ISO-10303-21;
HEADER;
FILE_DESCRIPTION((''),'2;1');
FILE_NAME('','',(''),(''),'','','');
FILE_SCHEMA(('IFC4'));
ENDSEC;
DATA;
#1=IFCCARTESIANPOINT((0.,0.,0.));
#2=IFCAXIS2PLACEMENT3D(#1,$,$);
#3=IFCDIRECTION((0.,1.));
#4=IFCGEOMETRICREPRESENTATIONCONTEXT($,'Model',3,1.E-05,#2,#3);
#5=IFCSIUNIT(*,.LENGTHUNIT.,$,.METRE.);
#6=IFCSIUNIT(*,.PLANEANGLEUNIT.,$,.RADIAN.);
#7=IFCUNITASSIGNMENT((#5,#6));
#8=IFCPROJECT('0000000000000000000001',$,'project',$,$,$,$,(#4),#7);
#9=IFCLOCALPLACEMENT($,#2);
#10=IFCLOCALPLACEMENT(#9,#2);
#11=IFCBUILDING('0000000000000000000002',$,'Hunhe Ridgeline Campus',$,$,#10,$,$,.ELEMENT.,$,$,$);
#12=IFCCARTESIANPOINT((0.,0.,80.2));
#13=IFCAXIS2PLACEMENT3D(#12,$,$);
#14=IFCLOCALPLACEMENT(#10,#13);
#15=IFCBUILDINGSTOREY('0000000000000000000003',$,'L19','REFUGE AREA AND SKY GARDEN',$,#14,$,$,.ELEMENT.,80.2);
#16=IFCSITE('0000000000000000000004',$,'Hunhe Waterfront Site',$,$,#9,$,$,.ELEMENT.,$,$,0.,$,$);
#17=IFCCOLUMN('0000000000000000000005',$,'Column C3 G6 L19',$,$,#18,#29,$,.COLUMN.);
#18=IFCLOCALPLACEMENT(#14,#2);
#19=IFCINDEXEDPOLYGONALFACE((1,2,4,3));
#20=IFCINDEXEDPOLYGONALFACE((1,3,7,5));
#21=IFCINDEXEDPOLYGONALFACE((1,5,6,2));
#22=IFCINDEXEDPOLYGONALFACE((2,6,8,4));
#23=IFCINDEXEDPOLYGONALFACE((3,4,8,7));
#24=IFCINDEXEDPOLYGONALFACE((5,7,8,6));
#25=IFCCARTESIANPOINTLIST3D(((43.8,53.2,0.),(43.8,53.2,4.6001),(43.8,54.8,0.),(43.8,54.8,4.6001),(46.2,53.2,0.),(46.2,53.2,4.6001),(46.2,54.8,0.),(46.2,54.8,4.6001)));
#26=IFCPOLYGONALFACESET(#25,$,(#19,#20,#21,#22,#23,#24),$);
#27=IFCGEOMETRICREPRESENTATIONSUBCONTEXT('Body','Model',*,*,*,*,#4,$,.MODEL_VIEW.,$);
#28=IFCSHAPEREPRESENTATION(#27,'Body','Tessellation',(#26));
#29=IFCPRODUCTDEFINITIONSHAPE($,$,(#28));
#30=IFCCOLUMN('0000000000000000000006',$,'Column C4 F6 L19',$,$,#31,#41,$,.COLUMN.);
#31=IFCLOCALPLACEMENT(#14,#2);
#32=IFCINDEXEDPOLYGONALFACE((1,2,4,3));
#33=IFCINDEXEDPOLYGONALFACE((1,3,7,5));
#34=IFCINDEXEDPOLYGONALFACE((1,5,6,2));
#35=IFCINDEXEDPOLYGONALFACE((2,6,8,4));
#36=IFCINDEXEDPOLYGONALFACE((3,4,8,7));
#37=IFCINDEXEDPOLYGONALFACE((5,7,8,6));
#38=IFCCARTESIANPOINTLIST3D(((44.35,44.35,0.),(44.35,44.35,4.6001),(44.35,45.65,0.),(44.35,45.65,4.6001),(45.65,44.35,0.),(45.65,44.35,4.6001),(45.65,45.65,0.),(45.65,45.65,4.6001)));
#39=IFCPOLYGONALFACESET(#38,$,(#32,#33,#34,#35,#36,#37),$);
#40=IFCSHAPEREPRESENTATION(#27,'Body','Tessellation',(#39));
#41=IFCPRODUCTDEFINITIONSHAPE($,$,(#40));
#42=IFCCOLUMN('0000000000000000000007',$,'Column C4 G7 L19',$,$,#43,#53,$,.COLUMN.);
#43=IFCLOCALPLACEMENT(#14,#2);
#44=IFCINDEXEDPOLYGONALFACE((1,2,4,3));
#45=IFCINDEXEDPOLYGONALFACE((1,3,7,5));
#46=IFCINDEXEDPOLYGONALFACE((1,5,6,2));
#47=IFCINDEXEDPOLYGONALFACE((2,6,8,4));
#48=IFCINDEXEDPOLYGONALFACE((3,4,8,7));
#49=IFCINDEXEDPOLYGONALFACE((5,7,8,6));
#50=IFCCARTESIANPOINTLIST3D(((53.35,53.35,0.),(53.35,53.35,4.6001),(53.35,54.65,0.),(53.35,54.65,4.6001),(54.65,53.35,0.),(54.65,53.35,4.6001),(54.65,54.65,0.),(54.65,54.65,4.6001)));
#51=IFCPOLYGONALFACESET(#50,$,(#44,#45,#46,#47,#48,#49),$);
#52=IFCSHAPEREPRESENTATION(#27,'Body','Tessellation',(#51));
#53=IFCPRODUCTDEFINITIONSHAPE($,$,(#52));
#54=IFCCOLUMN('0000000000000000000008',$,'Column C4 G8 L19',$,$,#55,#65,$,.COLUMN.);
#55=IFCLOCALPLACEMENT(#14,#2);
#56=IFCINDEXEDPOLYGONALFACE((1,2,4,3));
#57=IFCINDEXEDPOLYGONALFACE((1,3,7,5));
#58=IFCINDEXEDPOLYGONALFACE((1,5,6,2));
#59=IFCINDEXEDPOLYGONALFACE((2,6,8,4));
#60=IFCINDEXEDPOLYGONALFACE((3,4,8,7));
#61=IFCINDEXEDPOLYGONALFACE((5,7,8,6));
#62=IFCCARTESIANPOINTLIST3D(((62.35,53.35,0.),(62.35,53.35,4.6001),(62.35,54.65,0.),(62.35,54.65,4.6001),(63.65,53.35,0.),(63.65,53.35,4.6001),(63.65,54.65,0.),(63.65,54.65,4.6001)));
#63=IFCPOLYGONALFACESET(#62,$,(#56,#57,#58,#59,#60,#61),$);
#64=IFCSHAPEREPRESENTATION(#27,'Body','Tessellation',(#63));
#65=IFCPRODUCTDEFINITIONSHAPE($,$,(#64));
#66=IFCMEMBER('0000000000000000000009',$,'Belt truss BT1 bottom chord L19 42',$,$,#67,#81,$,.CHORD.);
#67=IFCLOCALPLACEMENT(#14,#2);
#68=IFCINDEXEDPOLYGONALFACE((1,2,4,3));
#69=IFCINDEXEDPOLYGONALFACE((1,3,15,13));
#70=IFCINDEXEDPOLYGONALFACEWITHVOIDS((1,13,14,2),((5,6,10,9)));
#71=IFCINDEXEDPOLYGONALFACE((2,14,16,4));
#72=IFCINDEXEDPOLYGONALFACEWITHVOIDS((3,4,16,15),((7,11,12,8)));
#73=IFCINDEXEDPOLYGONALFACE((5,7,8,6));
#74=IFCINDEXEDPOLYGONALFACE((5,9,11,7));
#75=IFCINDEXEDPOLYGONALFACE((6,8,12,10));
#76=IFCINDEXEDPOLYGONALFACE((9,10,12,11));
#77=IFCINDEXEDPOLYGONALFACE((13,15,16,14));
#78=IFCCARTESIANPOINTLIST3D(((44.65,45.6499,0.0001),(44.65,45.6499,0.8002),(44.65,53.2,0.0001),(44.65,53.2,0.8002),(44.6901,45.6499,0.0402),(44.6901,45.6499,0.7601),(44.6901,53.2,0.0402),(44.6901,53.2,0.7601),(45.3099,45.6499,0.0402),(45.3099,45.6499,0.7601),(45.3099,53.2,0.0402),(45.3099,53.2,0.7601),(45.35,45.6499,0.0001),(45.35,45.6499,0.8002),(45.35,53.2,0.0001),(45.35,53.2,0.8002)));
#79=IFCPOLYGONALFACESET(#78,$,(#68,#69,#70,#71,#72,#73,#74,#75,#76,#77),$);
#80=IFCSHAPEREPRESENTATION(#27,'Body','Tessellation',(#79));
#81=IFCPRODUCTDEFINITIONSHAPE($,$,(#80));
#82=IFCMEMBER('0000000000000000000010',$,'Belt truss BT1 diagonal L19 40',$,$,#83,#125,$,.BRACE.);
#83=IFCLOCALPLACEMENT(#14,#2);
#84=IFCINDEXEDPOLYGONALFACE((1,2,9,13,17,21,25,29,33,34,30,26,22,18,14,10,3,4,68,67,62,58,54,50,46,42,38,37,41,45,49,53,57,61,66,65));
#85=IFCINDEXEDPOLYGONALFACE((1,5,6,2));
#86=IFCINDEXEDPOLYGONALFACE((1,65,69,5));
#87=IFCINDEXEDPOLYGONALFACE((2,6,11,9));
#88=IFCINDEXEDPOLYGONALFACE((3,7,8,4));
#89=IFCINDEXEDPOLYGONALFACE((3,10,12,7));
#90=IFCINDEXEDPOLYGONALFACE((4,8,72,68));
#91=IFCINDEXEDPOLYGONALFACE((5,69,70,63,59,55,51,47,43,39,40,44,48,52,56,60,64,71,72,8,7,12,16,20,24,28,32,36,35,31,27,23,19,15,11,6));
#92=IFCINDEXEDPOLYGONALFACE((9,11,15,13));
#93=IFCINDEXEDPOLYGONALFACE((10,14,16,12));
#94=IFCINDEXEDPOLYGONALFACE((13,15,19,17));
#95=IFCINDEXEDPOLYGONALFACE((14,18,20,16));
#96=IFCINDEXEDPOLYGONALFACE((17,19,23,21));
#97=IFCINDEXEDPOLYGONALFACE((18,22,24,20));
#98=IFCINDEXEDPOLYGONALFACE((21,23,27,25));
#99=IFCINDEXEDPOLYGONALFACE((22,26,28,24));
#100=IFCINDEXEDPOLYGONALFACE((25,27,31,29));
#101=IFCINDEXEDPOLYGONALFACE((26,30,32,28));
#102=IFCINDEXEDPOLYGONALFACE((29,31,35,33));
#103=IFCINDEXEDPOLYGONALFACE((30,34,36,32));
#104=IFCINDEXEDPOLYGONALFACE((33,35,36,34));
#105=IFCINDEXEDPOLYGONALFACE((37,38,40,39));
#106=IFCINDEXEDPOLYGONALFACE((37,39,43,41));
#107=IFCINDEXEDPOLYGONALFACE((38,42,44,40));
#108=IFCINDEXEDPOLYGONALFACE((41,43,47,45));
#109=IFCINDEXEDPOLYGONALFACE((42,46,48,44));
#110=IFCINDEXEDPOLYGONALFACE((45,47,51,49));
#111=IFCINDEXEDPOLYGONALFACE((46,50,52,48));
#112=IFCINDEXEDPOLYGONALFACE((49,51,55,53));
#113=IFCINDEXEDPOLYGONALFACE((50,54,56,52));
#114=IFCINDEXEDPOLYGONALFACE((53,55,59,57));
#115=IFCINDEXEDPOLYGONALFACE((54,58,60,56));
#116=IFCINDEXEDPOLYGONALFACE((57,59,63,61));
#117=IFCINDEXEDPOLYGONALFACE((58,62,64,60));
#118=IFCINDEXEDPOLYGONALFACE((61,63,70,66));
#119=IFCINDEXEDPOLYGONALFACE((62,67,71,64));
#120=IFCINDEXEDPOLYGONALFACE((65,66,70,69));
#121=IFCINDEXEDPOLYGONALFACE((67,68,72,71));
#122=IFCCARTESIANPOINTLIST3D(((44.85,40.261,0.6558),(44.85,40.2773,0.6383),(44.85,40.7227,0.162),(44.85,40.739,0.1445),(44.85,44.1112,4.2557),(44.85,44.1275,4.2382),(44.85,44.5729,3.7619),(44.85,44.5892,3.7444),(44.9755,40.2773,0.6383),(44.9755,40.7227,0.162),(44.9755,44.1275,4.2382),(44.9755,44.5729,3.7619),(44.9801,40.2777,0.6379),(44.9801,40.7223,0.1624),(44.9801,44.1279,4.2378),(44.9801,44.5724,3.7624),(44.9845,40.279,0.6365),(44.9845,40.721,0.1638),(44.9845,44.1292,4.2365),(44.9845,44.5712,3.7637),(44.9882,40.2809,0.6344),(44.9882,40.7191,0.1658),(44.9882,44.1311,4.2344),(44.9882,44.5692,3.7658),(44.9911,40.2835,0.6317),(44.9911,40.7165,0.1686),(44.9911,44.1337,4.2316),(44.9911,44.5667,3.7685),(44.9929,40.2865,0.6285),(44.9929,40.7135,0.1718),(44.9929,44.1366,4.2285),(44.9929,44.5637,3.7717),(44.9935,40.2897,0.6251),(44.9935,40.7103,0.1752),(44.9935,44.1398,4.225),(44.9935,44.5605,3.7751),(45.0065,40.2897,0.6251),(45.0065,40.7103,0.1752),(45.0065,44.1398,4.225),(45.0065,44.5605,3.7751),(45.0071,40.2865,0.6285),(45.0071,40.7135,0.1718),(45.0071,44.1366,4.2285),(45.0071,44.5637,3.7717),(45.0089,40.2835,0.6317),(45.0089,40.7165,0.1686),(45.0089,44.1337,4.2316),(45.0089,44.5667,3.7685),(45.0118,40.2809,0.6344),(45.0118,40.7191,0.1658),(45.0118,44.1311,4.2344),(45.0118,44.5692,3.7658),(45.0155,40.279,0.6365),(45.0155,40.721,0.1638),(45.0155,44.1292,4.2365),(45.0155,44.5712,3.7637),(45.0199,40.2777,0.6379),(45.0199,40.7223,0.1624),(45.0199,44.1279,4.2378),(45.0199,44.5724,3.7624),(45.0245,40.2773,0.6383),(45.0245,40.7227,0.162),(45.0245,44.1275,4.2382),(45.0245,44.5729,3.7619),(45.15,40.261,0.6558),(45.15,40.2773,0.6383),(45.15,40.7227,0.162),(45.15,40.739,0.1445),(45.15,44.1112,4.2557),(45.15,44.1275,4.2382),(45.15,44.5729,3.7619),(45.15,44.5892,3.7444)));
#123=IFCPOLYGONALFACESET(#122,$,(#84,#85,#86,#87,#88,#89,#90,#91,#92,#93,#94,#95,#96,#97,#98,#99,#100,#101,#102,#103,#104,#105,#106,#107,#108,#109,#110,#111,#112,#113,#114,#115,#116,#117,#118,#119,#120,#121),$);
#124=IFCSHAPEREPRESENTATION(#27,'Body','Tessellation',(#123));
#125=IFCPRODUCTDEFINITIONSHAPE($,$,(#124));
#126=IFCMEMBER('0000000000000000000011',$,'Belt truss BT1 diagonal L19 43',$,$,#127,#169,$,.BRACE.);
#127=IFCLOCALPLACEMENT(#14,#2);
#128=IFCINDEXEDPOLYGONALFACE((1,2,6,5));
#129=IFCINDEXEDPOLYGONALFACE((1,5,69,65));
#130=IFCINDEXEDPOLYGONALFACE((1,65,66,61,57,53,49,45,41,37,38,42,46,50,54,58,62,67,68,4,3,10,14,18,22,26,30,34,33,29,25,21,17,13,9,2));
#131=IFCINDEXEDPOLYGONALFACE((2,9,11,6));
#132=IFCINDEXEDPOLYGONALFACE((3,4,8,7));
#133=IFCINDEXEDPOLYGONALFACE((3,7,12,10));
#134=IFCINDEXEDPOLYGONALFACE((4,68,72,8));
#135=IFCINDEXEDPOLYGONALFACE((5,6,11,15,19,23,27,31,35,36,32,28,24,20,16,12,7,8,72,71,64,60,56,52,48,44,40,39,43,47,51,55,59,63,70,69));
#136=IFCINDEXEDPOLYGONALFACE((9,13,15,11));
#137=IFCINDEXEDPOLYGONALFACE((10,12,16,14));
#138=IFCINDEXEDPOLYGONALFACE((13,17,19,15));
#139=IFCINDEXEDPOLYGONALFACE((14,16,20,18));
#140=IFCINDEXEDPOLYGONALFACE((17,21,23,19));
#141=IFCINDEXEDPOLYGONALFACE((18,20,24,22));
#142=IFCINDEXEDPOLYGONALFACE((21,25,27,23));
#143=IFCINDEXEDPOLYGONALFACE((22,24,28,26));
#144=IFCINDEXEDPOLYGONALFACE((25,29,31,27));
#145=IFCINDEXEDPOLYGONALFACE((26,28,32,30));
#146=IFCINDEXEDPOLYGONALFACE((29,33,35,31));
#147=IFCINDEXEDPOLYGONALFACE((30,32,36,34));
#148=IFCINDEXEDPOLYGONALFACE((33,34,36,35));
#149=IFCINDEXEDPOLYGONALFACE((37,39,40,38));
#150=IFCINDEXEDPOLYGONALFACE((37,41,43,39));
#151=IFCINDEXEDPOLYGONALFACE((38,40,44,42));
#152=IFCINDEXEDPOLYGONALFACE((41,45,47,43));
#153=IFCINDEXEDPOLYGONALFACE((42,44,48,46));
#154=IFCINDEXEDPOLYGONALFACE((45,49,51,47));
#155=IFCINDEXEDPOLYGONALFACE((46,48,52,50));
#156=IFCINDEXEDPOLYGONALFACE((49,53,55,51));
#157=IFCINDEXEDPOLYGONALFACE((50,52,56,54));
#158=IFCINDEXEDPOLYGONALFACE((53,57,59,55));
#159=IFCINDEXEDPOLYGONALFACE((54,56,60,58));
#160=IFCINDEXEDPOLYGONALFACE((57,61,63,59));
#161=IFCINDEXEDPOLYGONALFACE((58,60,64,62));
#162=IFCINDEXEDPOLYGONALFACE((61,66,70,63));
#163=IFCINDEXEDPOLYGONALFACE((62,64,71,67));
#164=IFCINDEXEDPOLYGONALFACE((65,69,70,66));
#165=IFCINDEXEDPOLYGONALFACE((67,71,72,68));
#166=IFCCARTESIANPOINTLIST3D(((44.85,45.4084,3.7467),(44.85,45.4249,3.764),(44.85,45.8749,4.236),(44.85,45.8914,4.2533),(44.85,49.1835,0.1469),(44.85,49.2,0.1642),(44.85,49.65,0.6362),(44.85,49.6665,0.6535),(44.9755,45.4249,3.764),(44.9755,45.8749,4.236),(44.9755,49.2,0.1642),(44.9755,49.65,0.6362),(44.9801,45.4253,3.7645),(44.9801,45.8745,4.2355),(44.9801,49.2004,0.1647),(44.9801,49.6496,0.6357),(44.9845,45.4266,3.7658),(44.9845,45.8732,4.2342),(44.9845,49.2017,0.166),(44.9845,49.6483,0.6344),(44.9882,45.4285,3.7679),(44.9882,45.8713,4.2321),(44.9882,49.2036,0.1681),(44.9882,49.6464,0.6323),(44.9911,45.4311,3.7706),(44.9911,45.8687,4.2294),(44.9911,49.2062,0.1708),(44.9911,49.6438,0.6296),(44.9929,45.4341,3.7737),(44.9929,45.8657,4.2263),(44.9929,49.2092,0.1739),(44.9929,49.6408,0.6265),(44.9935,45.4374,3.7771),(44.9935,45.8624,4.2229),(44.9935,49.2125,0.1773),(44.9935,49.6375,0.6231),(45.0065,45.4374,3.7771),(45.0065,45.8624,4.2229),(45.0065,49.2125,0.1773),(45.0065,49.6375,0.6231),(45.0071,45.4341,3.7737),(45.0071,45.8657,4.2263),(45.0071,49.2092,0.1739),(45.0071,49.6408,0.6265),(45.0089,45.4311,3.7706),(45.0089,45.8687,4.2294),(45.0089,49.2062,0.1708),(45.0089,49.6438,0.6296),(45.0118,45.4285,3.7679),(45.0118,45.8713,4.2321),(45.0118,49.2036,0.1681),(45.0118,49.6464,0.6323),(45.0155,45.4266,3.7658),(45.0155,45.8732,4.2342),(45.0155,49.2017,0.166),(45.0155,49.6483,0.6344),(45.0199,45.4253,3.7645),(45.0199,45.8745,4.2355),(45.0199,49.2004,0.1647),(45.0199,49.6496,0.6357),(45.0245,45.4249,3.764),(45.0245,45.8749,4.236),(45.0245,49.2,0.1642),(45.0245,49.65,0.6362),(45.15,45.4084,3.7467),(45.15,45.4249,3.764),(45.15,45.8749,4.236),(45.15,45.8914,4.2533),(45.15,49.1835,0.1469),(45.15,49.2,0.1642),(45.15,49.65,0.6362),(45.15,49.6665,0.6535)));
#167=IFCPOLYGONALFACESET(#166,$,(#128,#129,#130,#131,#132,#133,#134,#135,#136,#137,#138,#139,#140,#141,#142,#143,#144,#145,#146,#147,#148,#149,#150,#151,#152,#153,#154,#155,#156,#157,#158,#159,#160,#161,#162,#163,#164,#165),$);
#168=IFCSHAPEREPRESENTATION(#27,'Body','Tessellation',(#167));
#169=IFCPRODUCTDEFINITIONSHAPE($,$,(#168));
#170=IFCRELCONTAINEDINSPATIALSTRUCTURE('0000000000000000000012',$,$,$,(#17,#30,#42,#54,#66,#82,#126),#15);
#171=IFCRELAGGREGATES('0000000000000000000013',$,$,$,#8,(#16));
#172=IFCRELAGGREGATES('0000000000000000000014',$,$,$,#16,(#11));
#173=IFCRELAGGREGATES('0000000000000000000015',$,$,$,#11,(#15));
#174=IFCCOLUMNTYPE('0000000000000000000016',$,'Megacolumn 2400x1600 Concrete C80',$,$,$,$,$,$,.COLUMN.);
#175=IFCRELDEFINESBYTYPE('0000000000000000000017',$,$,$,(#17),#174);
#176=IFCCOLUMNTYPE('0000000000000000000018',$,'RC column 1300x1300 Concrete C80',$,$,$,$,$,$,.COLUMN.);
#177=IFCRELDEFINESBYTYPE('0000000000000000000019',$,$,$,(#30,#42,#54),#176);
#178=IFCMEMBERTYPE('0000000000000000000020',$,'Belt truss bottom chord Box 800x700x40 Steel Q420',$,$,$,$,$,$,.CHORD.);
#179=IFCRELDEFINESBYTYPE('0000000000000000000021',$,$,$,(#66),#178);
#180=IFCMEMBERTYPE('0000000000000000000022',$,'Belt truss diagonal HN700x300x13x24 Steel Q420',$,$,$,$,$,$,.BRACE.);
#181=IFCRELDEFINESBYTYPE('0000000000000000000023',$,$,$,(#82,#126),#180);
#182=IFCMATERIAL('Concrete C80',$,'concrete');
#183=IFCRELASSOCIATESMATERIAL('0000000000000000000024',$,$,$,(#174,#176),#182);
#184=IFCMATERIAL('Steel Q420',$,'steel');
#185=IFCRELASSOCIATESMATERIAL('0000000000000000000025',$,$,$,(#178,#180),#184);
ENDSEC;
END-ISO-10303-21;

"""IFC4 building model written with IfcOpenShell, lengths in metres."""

from ifc_helpers import new_model, si_unit, direction, frame, origin, origin_2d, place, context, subcontext, project, spatial, rectangle, hollow_rectangle, i_section, extrude, material, material_profile, profile_set, type_object, element, save


model = new_model("IFC4")

# Units and contexts
model_context = context("Model", 3, precision=1e-05, world=origin(), true_north=direction((0.0, 1.0)))
body_context = subcontext(model_context, "Body", "Model", "MODEL_VIEW")
ifc_project = project(units=[si_unit("LENGTHUNIT", "METRE"), si_unit("PLANEANGLEUNIT", "RADIAN")], contexts=[model_context])

# Site, building, storey
site_placement = place(None, origin())
site = spatial("IfcSite", under=ifc_project, at=site_placement, Name="Hunhe Waterfront Site", CompositionType="ELEMENT", RefElevation=0.0)
building_placement = place(site_placement, origin())
building = spatial("IfcBuilding", under=site, at=building_placement, Name="Hunhe Ridgeline Campus", CompositionType="ELEMENT")
storey_placement = place(building_placement, frame((0.0, 0.0, 80.2)))
storey = spatial("IfcBuildingStorey", under=building, at=storey_placement, Name="L19", Description="REFUGE AREA AND SKY GARDEN", CompositionType="ELEMENT", Elevation=80.2)

# Columns
ifc_material_1 = material(Name="Concrete C80", Category="concrete")
ifc_material_profile_1 = material_profile(ifc_material_1, rectangle(XDim=2.3999, YDim=1.6001, at=origin_2d()))
ifc_profile_set_1 = profile_set([ifc_material_profile_1], Name="Concrete C80")
column_type_1 = type_object("IfcColumnType", Name="Megacolumn 2400x1600 Concrete C80", PredefinedType="COLUMN", material=ifc_profile_set_1)
column_placement = place(storey_placement, frame((45.0, 54.0, 0.0), z_axis=(0.0, 0.0, 1.0), x_axis=(1.0, 0.0, 0.0)))
element("IfcColumn", 1, at=column_placement, inside=storey, type_object=column_type_1, Name="Column C3 G6 L19", PredefinedType="COLUMN", context=body_context, shape_type="SweptSolid", body=[
    extrude(rectangle(XDim=2.3999, YDim=1.6001, at=origin_2d()), origin(), (0.0, 0.0, 1.0), 4.6001),
])
ifc_material_profile_2 = material_profile(ifc_material_1, rectangle(XDim=1.3, YDim=1.3, at=origin_2d()))
ifc_profile_set_2 = profile_set([ifc_material_profile_2], Name="Concrete C80")
column_type_2 = type_object("IfcColumnType", Name="RC column 1300x1300 Concrete C80", PredefinedType="COLUMN", material=ifc_profile_set_2)
for number, where, z_axis, x_axis, name in (
    (2, (45.0, 45.0, 0.0), (0.0, 0.0, 1.0), (1.0, 0.0, 0.0), "Column C4 F6 L19"),
    (3, (54.0, 54.0, 0.0), (0.0, 0.0, 1.0), (1.0, 0.0, 0.0), "Column C4 G7 L19"),
    (4, (63.0, 54.0, 0.0), (0.0, 0.0, 1.0), (1.0, 0.0, 0.0), "Column C4 G8 L19"),
):
    element("IfcColumn", number, at=place(storey_placement, frame(where, z_axis=z_axis, x_axis=x_axis)), inside=storey, type_object=column_type_2, Name=name, PredefinedType="COLUMN", context=body_context, shape_type="SweptSolid", body=[
        extrude(rectangle(XDim=1.3, YDim=1.3, at=origin_2d()), origin(), (0.0, 0.0, 1.0), 4.6001),
    ])

# Members
ifc_material_2 = material(Name="Steel Q420", Category="steel")
ifc_material_profile_3 = material_profile(ifc_material_2, hollow_rectangle(XDim=0.7, YDim=0.8, WallThickness=0.04, at=origin_2d()))
ifc_profile_set_3 = profile_set([ifc_material_profile_3], Name="Steel Q420")
member_type_1 = type_object("IfcMemberType", Name="Belt truss bottom chord Box 800x700x40 Steel Q420", PredefinedType="CHORD", material=ifc_profile_set_3)
member_1_placement = place(storey_placement, frame((45.0, 45.6499, 0.4001), z_axis=(0.0, 1.0, 0.0), x_axis=(-1.0, 0.0, 0.0)))
element("IfcMember", 5, at=member_1_placement, inside=storey, type_object=member_type_1, Name="Belt truss BT1 bottom chord L19 42", PredefinedType="CHORD", context=body_context, shape_type="SweptSolid", body=[
    extrude(hollow_rectangle(XDim=0.7, YDim=0.8, WallThickness=0.04, at=origin_2d()), origin(), (0.0, 0.0, 1.0), 7.55),
])
ifc_material_profile_4 = material_profile(ifc_material_2, i_section(OverallWidth=0.3, OverallDepth=0.7, WebThickness=0.0129, FlangeThickness=0.0239, FilletRadius=0.0181, at=origin_2d()))
ifc_profile_set_4 = profile_set([ifc_material_profile_4], Name="Steel Q420")
member_type_2 = type_object("IfcMemberType", Name="Belt truss diagonal HN700x300x13x24 Steel Q420", PredefinedType="BRACE", material=ifc_profile_set_4)
member_2_placement = place(storey_placement, frame((45.0, 40.5, 0.4001), z_axis=(0.0, 0.730447, 0.68297), x_axis=(-1.0, 0.0, 0.0)))
element("IfcMember", 6, at=member_2_placement, inside=storey, type_object=member_type_2, Name="Belt truss BT1 diagonal L19 40", PredefinedType="BRACE", context=body_context, shape_type="SweptSolid", body=[
    extrude(i_section(OverallWidth=0.3, OverallDepth=0.7, WebThickness=0.0129, FlangeThickness=0.0239, FilletRadius=0.0181, at=origin_2d()), origin(), (0.0, 0.0, 1.0), 5.271),
])
for number, where, z_axis, x_axis, name in (
    (7, (45.0, 45.6499, 4.0), (0.0, 0.723709, -0.690105), (-1.0, 0.0, 0.0), "Belt truss BT1 diagonal L19 43"),
):
    element("IfcMember", number, at=place(storey_placement, frame(where, z_axis=z_axis, x_axis=x_axis)), inside=storey, type_object=member_type_2, Name=name, PredefinedType="BRACE", context=body_context, shape_type="SweptSolid", body=[
        extrude(i_section(OverallWidth=0.3, OverallDepth=0.7, WebThickness=0.0129, FlangeThickness=0.0239, FilletRadius=0.0181, at=origin_2d()), origin(), (0.0, 0.0, 1.0), 5.2163),
    ])

save(model, "model.ifc")
